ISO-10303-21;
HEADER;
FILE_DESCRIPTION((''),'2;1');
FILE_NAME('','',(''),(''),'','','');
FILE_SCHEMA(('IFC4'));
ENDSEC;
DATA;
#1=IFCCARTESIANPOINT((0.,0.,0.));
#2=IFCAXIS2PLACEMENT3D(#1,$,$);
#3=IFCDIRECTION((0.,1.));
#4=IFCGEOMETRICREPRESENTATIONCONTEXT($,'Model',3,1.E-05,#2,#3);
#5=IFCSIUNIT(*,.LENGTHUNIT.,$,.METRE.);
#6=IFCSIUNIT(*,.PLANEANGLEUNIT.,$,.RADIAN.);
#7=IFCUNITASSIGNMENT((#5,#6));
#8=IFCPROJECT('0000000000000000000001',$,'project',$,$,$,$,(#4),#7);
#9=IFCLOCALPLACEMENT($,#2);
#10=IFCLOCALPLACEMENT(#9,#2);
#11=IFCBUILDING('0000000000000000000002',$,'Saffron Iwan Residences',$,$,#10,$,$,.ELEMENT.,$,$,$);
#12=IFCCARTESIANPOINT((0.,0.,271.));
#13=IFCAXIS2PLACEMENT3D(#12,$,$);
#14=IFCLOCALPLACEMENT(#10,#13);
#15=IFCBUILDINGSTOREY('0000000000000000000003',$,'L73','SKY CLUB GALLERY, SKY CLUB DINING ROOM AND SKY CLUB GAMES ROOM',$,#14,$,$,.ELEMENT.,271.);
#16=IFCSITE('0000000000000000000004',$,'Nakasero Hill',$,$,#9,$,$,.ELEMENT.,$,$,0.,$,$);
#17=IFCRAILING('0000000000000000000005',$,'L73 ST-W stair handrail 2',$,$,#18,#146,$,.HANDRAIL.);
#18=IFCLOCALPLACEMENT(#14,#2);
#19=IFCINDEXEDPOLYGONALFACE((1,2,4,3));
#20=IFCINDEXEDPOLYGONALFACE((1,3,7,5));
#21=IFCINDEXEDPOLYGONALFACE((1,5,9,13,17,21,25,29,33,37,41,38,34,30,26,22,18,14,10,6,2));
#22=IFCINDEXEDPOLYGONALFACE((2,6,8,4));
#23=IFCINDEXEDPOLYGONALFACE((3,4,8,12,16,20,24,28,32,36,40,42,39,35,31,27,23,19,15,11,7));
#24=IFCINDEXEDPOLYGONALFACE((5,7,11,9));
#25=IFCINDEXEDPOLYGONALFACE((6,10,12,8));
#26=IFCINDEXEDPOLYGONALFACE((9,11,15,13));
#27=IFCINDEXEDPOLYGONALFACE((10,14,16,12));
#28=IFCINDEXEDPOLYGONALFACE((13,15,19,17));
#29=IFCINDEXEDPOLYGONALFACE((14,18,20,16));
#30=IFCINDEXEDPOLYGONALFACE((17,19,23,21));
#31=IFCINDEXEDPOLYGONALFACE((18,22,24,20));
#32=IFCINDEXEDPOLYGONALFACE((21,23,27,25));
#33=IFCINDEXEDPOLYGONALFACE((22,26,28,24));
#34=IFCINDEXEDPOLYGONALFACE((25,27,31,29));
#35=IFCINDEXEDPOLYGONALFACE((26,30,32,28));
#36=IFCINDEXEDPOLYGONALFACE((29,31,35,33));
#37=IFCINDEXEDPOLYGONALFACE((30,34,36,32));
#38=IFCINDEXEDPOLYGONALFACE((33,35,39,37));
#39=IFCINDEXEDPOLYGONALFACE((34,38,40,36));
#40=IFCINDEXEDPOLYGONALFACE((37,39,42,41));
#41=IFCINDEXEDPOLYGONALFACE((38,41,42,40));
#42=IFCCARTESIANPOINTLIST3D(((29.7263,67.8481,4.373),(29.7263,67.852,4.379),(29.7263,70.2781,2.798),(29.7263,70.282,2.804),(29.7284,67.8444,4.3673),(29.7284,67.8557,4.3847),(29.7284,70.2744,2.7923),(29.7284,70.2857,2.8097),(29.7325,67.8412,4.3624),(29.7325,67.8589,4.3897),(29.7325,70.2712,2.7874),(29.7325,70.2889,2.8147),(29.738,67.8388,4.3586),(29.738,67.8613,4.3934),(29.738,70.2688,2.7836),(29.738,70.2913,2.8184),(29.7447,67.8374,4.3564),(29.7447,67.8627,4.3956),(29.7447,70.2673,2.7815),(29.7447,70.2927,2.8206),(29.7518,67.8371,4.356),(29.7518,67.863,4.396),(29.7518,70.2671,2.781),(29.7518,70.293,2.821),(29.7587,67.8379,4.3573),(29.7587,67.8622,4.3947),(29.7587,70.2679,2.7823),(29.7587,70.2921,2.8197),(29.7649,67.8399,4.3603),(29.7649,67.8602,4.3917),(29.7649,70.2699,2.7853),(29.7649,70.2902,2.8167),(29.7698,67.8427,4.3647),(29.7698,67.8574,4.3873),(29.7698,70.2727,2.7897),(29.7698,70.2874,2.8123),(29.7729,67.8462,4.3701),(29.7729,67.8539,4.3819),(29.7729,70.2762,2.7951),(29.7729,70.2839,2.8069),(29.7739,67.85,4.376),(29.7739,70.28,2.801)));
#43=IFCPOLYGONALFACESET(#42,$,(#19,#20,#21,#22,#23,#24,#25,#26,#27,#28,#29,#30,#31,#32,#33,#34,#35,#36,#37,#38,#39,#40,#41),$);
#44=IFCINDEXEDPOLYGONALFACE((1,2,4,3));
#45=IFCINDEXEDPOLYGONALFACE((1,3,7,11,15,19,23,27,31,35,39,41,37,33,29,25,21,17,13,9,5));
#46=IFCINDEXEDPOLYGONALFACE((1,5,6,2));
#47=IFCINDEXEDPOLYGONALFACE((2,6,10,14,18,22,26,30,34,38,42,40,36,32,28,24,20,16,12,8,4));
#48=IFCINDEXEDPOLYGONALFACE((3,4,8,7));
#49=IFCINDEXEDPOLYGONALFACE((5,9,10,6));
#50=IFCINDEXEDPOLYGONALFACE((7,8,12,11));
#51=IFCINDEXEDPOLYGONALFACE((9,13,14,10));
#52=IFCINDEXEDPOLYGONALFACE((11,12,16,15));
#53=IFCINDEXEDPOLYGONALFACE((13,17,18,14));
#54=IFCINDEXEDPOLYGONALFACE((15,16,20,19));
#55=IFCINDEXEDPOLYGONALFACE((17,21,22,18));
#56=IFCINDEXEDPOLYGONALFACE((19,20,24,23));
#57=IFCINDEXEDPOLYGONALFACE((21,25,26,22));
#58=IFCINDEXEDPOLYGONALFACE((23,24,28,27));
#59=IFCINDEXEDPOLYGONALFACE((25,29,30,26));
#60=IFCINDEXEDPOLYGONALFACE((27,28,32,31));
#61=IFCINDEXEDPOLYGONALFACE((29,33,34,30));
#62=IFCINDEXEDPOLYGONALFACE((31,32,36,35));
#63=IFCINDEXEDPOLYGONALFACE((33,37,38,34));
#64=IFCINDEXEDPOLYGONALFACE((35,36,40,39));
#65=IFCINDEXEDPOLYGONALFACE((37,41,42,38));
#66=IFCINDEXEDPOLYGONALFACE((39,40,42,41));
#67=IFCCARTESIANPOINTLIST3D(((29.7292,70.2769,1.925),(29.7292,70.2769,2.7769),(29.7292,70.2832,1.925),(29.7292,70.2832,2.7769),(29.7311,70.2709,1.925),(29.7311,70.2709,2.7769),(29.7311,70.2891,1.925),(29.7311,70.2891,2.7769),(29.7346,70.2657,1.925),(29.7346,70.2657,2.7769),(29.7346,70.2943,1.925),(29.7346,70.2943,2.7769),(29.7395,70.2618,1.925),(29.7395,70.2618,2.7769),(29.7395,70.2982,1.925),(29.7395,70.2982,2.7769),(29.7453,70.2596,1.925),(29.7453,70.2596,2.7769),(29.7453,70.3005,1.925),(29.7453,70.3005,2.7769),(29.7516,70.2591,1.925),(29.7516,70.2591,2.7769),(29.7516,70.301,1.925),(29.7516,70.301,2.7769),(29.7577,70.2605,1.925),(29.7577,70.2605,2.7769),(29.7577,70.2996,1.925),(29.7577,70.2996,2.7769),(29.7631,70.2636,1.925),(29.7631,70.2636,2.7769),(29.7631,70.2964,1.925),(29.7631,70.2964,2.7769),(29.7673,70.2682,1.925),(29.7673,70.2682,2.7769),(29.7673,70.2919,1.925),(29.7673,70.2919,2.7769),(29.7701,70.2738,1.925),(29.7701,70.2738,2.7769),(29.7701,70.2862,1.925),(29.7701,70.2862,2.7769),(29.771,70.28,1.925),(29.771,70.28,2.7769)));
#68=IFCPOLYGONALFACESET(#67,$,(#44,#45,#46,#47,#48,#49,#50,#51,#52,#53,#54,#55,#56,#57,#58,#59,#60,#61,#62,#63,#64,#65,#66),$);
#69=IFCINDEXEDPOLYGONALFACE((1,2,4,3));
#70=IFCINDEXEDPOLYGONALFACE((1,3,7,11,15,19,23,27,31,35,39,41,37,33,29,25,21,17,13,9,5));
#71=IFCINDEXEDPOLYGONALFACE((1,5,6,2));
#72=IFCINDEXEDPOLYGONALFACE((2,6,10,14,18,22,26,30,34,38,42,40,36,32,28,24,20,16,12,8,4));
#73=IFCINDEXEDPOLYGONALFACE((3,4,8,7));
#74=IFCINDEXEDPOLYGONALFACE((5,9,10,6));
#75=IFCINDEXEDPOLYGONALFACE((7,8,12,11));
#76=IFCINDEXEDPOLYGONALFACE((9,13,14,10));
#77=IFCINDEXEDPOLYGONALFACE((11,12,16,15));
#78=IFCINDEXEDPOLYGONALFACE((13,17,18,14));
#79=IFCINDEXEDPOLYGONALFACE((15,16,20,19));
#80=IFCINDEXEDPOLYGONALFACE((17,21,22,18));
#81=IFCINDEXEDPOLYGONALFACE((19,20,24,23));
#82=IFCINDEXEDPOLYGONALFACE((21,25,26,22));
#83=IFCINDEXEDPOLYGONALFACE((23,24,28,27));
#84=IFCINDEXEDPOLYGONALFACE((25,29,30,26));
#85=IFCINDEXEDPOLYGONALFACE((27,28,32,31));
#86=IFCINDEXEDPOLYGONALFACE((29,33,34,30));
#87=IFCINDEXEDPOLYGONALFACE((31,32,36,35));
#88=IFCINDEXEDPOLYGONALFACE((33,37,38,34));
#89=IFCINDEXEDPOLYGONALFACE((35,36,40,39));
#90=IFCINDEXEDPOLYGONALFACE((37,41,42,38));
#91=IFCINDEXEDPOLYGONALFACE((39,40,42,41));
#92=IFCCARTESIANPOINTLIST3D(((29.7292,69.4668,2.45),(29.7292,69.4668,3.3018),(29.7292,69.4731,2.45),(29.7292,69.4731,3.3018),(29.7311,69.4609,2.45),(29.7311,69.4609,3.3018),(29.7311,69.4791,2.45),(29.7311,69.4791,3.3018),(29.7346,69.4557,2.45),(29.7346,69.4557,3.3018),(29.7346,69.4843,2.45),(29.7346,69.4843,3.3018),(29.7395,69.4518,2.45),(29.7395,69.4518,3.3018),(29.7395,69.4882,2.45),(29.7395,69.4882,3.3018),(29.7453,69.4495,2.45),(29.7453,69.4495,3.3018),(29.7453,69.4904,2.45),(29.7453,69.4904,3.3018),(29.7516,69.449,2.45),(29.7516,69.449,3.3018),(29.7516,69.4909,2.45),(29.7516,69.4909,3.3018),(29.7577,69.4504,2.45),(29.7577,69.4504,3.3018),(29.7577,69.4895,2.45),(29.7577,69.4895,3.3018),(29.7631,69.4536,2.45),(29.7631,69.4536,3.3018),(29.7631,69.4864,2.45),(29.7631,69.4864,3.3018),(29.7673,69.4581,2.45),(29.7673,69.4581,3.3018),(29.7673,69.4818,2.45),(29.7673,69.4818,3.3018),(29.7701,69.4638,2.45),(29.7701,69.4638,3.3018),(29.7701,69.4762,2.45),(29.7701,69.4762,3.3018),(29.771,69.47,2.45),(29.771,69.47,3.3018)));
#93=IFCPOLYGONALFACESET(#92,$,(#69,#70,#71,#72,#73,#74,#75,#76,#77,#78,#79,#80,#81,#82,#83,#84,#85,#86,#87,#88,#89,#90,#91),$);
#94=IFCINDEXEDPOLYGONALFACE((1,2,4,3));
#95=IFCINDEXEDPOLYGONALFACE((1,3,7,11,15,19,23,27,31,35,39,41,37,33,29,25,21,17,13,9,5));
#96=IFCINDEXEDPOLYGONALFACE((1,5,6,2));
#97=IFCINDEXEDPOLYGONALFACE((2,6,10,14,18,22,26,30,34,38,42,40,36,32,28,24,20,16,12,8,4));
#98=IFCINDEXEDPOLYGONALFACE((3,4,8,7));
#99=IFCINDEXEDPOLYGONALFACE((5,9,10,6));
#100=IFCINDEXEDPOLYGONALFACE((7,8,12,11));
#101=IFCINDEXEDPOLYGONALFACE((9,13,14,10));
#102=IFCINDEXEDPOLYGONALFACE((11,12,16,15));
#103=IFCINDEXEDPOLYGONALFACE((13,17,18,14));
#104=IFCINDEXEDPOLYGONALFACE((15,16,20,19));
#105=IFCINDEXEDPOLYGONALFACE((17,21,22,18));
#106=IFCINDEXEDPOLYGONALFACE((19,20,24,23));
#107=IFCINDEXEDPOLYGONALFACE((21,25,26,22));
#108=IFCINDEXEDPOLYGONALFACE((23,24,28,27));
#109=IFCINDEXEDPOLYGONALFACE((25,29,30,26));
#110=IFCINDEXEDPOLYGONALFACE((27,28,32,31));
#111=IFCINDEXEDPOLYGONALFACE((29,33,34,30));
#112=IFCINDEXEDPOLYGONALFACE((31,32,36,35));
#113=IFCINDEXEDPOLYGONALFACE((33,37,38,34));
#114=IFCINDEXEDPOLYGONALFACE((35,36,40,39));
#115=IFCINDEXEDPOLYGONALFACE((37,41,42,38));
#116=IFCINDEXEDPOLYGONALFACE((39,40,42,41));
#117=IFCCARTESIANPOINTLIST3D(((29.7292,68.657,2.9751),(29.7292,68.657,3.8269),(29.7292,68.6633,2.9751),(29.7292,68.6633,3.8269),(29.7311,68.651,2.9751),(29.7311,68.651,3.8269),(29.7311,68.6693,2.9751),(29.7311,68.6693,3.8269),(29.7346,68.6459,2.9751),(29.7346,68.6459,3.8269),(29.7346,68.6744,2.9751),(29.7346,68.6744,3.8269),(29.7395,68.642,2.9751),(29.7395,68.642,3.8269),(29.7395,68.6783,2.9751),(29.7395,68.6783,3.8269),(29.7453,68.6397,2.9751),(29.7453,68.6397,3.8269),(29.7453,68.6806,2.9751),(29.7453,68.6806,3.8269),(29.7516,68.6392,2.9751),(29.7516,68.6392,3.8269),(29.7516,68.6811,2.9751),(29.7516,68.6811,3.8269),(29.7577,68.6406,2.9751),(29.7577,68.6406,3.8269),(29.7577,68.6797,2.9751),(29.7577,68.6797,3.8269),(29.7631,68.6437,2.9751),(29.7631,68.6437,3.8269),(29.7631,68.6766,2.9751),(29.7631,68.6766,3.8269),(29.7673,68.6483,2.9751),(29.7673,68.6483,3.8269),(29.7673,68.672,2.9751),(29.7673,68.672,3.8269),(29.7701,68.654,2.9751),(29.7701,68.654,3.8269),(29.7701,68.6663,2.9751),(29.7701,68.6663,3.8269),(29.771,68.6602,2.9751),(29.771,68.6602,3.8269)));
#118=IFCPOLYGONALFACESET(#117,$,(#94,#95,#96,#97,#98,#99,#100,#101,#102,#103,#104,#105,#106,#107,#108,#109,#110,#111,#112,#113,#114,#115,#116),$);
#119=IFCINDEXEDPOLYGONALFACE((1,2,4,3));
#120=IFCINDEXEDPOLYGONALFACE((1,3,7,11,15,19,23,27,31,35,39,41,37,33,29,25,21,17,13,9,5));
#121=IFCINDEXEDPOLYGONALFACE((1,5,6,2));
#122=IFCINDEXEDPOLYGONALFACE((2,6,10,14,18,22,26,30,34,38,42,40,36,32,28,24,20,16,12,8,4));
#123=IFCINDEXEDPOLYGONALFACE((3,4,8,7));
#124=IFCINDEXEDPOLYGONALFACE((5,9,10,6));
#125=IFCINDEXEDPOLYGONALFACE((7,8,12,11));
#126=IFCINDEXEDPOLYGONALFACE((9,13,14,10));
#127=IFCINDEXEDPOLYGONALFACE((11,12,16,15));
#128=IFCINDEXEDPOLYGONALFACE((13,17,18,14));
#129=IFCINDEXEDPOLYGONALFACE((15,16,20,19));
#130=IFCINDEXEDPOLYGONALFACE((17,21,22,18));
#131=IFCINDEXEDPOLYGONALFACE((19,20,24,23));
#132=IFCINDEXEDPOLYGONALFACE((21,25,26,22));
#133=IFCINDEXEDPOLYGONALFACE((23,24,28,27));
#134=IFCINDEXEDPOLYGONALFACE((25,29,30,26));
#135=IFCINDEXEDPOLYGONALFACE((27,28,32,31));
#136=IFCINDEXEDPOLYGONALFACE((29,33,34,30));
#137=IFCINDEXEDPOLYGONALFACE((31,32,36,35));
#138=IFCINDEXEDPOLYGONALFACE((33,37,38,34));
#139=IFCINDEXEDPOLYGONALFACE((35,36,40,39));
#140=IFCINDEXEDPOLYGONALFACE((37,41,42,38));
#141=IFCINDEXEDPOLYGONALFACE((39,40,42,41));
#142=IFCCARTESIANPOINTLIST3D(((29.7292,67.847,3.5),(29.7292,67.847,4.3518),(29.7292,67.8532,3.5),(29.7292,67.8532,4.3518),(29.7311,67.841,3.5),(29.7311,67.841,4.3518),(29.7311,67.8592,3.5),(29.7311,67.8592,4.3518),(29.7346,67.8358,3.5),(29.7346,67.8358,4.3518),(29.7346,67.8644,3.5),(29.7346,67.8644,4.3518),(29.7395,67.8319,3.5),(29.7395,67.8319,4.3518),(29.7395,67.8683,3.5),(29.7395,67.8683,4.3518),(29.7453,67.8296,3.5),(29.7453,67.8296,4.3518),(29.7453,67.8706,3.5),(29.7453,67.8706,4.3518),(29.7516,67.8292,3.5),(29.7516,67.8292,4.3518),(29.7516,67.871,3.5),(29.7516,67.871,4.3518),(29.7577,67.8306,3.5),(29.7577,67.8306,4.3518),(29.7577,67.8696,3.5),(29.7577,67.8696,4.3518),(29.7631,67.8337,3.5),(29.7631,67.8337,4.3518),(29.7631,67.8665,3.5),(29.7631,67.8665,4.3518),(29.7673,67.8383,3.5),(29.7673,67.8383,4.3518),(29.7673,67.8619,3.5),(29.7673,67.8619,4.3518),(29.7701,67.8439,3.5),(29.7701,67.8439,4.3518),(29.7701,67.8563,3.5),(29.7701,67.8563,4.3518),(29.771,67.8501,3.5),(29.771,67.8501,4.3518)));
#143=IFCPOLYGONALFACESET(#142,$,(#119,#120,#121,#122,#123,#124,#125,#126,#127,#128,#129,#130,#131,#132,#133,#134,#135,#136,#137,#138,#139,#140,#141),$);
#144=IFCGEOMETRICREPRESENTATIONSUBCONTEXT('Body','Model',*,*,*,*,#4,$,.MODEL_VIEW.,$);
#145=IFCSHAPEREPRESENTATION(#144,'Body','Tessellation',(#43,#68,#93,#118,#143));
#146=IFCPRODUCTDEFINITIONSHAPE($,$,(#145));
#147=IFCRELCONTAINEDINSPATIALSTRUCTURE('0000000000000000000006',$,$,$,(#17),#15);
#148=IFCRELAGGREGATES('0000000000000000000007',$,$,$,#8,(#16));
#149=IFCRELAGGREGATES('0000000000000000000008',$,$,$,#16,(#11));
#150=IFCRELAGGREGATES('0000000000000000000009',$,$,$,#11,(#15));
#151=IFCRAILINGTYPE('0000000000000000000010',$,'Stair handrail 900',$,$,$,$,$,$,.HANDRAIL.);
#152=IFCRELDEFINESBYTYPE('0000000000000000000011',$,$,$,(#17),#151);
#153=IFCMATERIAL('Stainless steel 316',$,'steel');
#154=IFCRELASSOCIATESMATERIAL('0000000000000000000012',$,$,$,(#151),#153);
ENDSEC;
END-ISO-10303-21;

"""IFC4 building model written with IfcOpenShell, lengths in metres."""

from ifc_helpers import new_model, si_unit, direction, frame, origin, origin_2d, place, context, subcontext, project, spatial, circle, extrude, material, type_object, element, save


model = new_model("IFC4")

# Units and contexts
model_context = context("Model", 3, precision=1e-05, world=origin(), true_north=direction((0.0, 1.0)))
body_context = subcontext(model_context, "Body", "Model", "MODEL_VIEW")
ifc_project = project(units=[si_unit("LENGTHUNIT", "METRE"), si_unit("PLANEANGLEUNIT", "RADIAN")], contexts=[model_context])

# Site, building, storey
site_placement = place(None, origin())
site = spatial("IfcSite", under=ifc_project, at=site_placement, Name="Nakasero Hill", CompositionType="ELEMENT", RefElevation=0.0)
building_placement = place(site_placement, origin())
building = spatial("IfcBuilding", under=site, at=building_placement, Name="Saffron Iwan Residences", CompositionType="ELEMENT")
storey_placement = place(building_placement, frame((0.0, 0.0, 271.0)))
storey = spatial("IfcBuildingStorey", under=building, at=storey_placement, Name="L73", Description="SKY CLUB GALLERY, SKY CLUB DINING ROOM AND SKY CLUB GAMES ROOM", CompositionType="ELEMENT", Elevation=271.0)

# Railing
ifc_material_1 = material(Name="Stainless steel 316", Category="steel")
railing_type_1 = type_object("IfcRailingType", Name="Stair handrail 900", PredefinedType="HANDRAIL", material=ifc_material_1)
railing_1_placement = place(storey_placement, frame((29.75, 70.28, 1.925)))
element("IfcRailing", 1, at=railing_1_placement, inside=storey, type_object=railing_type_1, Name="L73 ST-W stair handrail 2", PredefinedType="HANDRAIL", context=body_context, shape_type="SweptSolid", body=[
    extrude(circle(Radius=0.0239, at=origin_2d()), frame((0.0, 0.0, 0.876), z_axis=(0.0, -0.839154, 0.543894), x_axis=(1.0, 0.0, 0.0)), (0.0, 0.0, 1.0), 2.8958),
    extrude(circle(Radius=0.021, at=origin_2d()), origin(), (0.0, 0.0, 1.0), 0.8518),
    extrude(circle(Radius=0.021, at=origin_2d()), frame((0.0, -0.8101, 0.5249)), (0.0, 0.0, 1.0), 0.8518),
    extrude(circle(Radius=0.021, at=origin_2d()), frame((0.0, -1.6199, 1.05)), (0.0, 0.0, 1.0), 0.8518),
    extrude(circle(Radius=0.021, at=origin_2d()), frame((0.0, -2.4299, 1.575)), (0.0, 0.0, 1.0), 0.8518),
])

save(model, "model.ifc")
